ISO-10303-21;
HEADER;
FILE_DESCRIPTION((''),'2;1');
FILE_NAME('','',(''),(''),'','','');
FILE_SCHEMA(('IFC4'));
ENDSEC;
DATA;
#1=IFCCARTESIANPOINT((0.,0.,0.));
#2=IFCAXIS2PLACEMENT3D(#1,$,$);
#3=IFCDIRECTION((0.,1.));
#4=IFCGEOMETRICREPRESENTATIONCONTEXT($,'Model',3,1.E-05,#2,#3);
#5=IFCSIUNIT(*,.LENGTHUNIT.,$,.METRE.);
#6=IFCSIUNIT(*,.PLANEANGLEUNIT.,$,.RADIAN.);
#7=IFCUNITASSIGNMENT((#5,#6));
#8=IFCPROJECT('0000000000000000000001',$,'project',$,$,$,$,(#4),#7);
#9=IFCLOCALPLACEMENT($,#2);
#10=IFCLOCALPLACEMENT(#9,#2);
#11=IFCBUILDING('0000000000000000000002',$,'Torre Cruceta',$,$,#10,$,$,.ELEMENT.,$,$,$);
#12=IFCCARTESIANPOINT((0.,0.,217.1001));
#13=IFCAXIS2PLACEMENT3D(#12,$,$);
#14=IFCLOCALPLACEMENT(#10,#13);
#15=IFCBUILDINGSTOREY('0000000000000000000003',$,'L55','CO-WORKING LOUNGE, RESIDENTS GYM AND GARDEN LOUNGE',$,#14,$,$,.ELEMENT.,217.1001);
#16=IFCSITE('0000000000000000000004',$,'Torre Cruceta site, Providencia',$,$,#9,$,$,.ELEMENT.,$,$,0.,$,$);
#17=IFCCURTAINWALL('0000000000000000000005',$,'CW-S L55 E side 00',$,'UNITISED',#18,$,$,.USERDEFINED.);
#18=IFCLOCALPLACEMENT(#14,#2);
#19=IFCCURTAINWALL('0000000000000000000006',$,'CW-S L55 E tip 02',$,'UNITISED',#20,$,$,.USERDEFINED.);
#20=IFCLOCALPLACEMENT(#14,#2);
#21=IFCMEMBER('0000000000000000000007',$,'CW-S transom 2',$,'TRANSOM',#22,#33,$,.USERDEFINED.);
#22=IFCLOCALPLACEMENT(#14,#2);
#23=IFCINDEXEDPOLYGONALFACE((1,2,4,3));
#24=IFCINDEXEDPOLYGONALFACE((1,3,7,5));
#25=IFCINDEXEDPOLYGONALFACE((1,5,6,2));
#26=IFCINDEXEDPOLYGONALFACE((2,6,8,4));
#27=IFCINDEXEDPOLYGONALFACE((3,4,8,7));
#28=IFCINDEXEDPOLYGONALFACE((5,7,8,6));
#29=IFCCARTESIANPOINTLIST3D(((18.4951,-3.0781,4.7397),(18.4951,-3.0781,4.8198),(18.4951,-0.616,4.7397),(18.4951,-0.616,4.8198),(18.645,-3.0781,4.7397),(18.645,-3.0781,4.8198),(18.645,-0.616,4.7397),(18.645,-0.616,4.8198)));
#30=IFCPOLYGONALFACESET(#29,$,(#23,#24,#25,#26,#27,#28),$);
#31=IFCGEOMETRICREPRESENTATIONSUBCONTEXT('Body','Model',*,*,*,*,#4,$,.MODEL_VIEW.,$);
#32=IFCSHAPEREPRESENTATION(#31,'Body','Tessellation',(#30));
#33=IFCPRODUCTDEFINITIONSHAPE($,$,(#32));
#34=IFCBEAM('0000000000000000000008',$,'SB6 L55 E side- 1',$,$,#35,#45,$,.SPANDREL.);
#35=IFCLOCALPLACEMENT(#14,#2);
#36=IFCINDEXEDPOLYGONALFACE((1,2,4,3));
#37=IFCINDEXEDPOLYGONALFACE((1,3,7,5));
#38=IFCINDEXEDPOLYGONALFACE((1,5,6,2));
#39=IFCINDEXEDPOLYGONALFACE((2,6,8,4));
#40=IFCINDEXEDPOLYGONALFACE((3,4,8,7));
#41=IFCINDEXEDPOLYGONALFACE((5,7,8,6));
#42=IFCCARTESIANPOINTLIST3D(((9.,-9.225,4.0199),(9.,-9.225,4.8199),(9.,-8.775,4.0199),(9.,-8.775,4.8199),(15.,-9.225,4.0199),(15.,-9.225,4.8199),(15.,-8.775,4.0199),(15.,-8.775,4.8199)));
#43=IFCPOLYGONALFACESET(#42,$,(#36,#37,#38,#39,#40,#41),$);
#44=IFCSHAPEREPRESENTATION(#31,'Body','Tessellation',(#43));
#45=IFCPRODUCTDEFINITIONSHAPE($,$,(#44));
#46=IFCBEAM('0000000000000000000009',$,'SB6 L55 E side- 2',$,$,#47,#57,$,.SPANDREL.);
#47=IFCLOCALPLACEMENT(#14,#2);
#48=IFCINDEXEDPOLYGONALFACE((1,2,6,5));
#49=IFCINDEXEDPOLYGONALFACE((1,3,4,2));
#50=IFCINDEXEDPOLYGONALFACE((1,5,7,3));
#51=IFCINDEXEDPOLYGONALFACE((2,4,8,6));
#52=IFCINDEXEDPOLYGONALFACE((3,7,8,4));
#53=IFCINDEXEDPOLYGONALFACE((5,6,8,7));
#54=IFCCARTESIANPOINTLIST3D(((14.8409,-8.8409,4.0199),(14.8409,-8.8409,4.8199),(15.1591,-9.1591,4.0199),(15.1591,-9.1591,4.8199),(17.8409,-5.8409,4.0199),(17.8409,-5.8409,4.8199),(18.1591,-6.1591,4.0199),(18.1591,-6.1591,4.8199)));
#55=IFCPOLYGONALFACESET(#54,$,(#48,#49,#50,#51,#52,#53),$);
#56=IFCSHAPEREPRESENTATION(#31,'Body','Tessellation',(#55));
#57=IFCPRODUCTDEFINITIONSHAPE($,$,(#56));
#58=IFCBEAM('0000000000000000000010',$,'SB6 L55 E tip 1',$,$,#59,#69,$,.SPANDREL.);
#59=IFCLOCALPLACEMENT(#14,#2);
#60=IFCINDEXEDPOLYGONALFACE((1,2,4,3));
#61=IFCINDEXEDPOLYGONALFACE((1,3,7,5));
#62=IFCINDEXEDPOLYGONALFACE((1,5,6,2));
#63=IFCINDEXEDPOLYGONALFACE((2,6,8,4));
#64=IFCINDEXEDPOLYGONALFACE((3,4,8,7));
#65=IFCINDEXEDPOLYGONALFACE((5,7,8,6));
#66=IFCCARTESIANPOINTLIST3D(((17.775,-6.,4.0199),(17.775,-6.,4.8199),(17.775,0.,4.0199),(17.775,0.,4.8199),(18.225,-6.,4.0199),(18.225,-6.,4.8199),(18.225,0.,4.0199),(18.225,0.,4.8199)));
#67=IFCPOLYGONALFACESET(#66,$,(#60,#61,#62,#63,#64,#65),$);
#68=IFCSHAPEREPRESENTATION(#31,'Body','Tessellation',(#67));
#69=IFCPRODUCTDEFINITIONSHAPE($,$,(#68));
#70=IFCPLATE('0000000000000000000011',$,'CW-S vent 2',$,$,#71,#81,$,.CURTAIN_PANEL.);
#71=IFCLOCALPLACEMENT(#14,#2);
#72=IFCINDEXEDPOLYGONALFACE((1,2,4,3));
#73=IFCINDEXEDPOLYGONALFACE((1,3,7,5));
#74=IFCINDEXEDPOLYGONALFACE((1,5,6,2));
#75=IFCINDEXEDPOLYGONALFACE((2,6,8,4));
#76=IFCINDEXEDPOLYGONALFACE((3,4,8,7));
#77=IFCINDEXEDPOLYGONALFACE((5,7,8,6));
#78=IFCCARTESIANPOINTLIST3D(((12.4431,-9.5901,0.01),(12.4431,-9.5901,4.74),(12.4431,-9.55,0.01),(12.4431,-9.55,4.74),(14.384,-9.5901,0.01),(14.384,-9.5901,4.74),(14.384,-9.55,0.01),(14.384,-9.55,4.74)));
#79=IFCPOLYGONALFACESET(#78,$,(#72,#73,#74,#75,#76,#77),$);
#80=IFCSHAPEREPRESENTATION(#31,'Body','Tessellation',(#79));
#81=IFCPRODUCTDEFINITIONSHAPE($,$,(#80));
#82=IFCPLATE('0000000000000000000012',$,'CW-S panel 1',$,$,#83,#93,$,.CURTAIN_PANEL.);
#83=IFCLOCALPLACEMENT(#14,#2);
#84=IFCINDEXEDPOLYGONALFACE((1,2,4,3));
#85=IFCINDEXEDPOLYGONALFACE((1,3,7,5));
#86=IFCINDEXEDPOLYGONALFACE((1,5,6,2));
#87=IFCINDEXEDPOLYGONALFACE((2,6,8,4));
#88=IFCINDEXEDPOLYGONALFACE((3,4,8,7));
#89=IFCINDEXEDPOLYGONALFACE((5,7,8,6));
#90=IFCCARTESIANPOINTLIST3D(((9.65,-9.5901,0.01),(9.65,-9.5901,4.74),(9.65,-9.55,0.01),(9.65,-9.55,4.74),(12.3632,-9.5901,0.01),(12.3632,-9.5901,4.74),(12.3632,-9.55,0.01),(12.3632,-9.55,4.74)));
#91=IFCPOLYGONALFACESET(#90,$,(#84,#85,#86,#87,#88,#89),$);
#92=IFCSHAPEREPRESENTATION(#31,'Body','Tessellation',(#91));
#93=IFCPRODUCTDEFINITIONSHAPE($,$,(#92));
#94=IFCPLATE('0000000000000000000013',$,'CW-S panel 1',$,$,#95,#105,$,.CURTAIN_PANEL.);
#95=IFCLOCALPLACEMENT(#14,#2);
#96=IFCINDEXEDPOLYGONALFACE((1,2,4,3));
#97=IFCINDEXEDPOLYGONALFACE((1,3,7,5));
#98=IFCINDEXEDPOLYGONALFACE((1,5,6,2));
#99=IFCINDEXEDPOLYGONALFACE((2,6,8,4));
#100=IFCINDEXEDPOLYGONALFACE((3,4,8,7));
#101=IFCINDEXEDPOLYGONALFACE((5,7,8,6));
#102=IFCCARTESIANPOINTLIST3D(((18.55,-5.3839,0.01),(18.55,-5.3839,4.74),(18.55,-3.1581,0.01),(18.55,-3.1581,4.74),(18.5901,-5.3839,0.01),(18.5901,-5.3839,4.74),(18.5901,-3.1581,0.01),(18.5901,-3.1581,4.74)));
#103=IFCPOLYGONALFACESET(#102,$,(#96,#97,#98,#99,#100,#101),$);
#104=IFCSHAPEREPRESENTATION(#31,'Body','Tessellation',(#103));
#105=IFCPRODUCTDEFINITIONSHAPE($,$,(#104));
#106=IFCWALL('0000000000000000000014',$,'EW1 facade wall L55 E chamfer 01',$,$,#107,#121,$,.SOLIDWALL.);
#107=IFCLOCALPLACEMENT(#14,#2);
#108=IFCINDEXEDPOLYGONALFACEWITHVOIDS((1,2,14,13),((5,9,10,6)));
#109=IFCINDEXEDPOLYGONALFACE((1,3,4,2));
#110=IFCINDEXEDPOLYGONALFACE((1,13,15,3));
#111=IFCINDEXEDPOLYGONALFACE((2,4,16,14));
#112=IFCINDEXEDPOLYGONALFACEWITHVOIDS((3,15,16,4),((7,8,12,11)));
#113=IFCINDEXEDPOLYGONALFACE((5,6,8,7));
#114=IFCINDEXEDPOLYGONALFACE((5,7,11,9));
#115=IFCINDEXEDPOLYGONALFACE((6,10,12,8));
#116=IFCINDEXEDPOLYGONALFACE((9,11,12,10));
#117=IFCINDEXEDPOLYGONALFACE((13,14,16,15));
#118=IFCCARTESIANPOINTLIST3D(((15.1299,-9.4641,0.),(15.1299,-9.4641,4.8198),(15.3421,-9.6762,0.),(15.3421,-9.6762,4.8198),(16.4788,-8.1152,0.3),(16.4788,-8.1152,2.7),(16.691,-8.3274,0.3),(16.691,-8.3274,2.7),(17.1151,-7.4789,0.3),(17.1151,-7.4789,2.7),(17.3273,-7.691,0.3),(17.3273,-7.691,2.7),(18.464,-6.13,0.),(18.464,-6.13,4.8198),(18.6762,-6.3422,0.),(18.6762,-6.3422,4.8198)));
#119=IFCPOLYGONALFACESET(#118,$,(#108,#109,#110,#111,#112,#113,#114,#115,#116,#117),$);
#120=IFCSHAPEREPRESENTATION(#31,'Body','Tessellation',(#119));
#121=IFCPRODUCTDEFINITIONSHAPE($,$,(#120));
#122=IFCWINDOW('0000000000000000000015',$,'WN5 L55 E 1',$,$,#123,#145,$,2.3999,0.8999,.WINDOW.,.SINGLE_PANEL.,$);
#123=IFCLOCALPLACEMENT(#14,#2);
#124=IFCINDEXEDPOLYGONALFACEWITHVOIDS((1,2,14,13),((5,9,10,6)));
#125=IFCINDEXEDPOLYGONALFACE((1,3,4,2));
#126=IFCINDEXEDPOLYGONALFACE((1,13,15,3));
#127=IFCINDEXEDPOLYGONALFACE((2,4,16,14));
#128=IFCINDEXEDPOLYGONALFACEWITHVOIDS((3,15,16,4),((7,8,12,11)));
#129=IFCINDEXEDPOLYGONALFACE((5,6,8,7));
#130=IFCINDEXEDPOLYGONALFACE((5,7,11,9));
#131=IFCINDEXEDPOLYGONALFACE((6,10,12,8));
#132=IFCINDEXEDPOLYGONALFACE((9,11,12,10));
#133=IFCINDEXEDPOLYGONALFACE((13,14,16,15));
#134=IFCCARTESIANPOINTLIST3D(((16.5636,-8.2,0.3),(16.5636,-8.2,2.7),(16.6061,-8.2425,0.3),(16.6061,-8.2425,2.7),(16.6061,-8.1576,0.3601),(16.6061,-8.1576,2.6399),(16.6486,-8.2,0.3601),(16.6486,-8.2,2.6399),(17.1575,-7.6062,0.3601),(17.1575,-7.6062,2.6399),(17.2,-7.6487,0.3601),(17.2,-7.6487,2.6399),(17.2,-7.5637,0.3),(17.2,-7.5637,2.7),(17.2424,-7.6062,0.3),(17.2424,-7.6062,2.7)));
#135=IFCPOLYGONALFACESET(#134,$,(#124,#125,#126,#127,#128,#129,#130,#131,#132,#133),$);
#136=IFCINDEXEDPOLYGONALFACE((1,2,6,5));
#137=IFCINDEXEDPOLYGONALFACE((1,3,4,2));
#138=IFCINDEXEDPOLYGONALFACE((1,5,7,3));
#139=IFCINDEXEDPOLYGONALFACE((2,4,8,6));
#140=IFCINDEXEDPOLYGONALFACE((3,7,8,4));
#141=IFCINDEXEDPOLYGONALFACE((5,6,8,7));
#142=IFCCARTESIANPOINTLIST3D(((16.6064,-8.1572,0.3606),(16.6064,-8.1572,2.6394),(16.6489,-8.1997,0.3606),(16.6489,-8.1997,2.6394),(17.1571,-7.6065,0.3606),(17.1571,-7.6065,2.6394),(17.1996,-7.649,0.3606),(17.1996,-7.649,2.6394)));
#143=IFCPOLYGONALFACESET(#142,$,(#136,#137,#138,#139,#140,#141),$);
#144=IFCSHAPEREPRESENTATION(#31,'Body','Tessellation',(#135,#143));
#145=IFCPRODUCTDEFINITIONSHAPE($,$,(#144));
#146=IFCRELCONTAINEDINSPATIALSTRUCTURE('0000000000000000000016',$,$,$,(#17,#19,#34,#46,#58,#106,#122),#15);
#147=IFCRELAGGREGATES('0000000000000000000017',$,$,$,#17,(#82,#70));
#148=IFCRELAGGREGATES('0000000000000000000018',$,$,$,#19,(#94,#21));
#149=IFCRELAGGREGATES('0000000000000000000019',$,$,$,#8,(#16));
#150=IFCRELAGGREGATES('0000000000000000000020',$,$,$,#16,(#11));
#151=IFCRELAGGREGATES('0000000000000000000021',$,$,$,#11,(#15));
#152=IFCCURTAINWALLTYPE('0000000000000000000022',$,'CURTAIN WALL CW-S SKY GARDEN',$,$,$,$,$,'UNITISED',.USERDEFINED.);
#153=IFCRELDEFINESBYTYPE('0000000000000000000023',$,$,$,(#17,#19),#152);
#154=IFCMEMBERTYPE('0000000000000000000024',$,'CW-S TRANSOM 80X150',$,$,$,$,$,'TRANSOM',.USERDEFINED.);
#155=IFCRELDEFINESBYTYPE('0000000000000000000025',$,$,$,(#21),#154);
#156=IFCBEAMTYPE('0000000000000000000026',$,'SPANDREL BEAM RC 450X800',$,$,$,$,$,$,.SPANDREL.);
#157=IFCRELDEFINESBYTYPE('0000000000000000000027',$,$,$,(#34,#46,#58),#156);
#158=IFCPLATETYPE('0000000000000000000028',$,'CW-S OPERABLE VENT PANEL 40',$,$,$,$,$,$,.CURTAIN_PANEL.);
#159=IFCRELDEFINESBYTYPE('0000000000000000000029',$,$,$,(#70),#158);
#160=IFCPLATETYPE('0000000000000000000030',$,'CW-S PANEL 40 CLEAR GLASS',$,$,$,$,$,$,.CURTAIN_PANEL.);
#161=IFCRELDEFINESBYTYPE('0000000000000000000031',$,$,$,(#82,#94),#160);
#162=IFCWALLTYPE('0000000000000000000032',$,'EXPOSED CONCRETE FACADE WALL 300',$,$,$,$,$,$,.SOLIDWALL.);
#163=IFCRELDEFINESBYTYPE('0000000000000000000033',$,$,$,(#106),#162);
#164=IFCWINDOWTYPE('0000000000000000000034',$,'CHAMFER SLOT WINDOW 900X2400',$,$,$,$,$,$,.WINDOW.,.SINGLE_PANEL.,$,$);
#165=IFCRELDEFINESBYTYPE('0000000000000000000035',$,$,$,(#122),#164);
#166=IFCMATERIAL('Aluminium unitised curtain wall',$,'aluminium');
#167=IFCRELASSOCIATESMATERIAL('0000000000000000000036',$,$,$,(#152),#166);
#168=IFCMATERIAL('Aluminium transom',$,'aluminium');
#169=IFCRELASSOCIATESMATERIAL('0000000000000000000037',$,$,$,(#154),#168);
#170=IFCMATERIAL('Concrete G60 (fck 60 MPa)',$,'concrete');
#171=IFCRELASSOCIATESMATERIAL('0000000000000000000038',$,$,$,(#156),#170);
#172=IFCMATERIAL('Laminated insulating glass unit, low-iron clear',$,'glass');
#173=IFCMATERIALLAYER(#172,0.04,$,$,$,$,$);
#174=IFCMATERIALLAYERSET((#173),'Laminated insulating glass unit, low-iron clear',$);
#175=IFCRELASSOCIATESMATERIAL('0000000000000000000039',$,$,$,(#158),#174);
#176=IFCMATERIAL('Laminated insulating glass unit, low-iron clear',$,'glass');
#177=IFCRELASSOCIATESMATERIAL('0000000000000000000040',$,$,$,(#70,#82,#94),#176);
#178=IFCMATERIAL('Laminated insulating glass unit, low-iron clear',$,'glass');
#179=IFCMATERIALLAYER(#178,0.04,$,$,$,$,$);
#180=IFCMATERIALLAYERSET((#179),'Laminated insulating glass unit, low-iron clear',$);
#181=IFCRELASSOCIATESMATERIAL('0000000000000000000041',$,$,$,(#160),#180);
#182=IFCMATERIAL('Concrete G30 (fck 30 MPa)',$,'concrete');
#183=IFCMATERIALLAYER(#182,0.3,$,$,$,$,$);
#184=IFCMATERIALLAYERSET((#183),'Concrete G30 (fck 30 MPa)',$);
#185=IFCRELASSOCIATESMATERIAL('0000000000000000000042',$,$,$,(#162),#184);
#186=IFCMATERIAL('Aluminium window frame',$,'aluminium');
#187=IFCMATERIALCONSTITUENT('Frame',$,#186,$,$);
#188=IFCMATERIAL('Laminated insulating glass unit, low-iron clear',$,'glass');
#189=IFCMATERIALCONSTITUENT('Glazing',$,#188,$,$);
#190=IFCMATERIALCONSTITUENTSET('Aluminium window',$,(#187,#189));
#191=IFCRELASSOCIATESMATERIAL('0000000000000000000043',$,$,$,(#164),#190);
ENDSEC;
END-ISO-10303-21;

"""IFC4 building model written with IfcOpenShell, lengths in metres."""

from ifc_helpers import new_model, si_unit, direction, frame, frame_2d, origin, origin_2d, place, context, subcontext, project, spatial, rectangle, hollow_rectangle, extrude, material, layer, layer_set, constituent, constituent_set, material_profile, profile_set, type_object, element, fill, aggregate, save


model = new_model("IFC4")

# Units and contexts
model_context = context("Model", 3, precision=1e-05, world=origin(), true_north=direction((0.0, 1.0)))
body_context = subcontext(model_context, "Body", "Model", "MODEL_VIEW")
ifc_project = project(units=[si_unit("LENGTHUNIT", "METRE"), si_unit("PLANEANGLEUNIT", "RADIAN")], contexts=[model_context])

# Site, building, storey
site_placement = place(None, origin())
site = spatial("IfcSite", under=ifc_project, at=site_placement, Name="Torre Cruceta site, Providencia", CompositionType="ELEMENT", RefElevation=0.0)
building_placement = place(site_placement, origin())
building = spatial("IfcBuilding", under=site, at=building_placement, Name="Torre Cruceta", CompositionType="ELEMENT")
storey_placement = place(building_placement, frame((0.0, 0.0, 217.1001)))
storey = spatial("IfcBuildingStorey", under=building, at=storey_placement, Name="L55", Description="CO-WORKING LOUNGE, RESIDENTS GYM AND GARDEN LOUNGE", CompositionType="ELEMENT", Elevation=217.1001)

# Curtain walls
ifc_material_1 = material(Name="Aluminium unitised curtain wall", Category="aluminium")
curtain_wall_type = type_object("IfcCurtainWallType", Name="CURTAIN WALL CW-S SKY GARDEN", ElementType="UNITISED", PredefinedType="USERDEFINED", material=ifc_material_1)
curtain_wall_1_placement = place(storey_placement, origin())
curtain_wall_1 = element("IfcCurtainWall", 1, at=curtain_wall_1_placement, inside=storey, type_object=curtain_wall_type, Name="CW-S L55 E side 00", ObjectType="UNITISED", PredefinedType="USERDEFINED")
curtain_wall_2_placement = place(storey_placement, origin())
curtain_wall_2 = element("IfcCurtainWall", 2, at=curtain_wall_2_placement, inside=storey, type_object=curtain_wall_type, Name="CW-S L55 E tip 02", ObjectType="UNITISED", PredefinedType="USERDEFINED")

# Member
ifc_material_2 = material(Name="Aluminium transom", Category="aluminium")
ifc_material_profile_1 = material_profile(ifc_material_2, rectangle(XDim=0.1499, YDim=0.0801, at=origin_2d()), Name="AL 150X80")
ifc_profile_set_1 = profile_set([ifc_material_profile_1], Name="Aluminium transom")
member_type_1 = type_object("IfcMemberType", Name="CW-S TRANSOM 80X150", ElementType="TRANSOM", PredefinedType="USERDEFINED", material=ifc_profile_set_1)
member_1_placement = place(storey_placement, frame((18.5701, -3.0781, 4.7798), z_axis=(0.0, 1.0, 0.0), x_axis=(-1.0, 0.0, 0.0)))
member_1 = element("IfcMember", 3, at=member_1_placement, type_object=member_type_1, Name="CW-S transom 2", ObjectType="TRANSOM", PredefinedType="USERDEFINED", context=body_context, shape_type="SweptSolid", body=[
    extrude(rectangle(XDim=0.1499, YDim=0.0801, at=origin_2d()), origin(), (0.0, 0.0, 1.0), 2.4622),
])

# Beams
ifc_material_3 = material(Name="Concrete G60 (fck 60 MPa)", Category="concrete")
ifc_material_profile_2 = material_profile(ifc_material_3, rectangle(XDim=0.45, YDim=0.8, at=origin_2d()), Name="RC 450X800")
ifc_profile_set_2 = profile_set([ifc_material_profile_2], Name="Concrete G60 (fck 60 MPa)")
beam_type_1 = type_object("IfcBeamType", Name="SPANDREL BEAM RC 450X800", PredefinedType="SPANDREL", material=ifc_profile_set_2)
beam_1_placement = place(storey_placement, frame((9.0, -9.0, 4.4199), z_axis=(1.0, 0.0, 0.0), x_axis=(0.0, 1.0, 0.0)))
element("IfcBeam", 4, at=beam_1_placement, inside=storey, type_object=beam_type_1, Name="SB6 L55 E side- 1", PredefinedType="SPANDREL", context=body_context, shape_type="SweptSolid", body=[
    extrude(rectangle(XDim=0.45, YDim=0.8, at=origin_2d()), origin(), (0.0, 0.0, 1.0), 6.0),
])
beam_2_placement = place(storey_placement, frame((15.0, -9.0, 4.4199), z_axis=(0.707107, 0.707107, 0.0), x_axis=(-0.707107, 0.707107, 0.0)))
element("IfcBeam", 5, at=beam_2_placement, inside=storey, type_object=beam_type_1, Name="SB6 L55 E side- 2", PredefinedType="SPANDREL", context=body_context, shape_type="SweptSolid", body=[
    extrude(rectangle(XDim=0.45, YDim=0.8, at=origin_2d()), origin(), (0.0, 0.0, 1.0), 4.2427),
])
beam_3_placement = place(storey_placement, frame((18.0, -6.0, 4.4199), z_axis=(0.0, 1.0, 0.0), x_axis=(-1.0, 0.0, 0.0)))
element("IfcBeam", 6, at=beam_3_placement, inside=storey, type_object=beam_type_1, Name="SB6 L55 E tip 1", PredefinedType="SPANDREL", context=body_context, shape_type="SweptSolid", body=[
    extrude(rectangle(XDim=0.45, YDim=0.8, at=origin_2d()), origin(), (0.0, 0.0, 1.0), 6.0),
])

# Plates
ifc_material_4 = material(Name="Laminated insulating glass unit, low-iron clear", Category="glass")
ifc_material_5 = material(Name="Laminated insulating glass unit, low-iron clear", Category="glass")
ifc_layer_1 = layer(ifc_material_5, 0.04)
ifc_layer_set_1 = layer_set([ifc_layer_1], Name="Laminated insulating glass unit, low-iron clear")
plate_type_1 = type_object("IfcPlateType", Name="CW-S OPERABLE VENT PANEL 40", PredefinedType="CURTAIN_PANEL", material=ifc_layer_set_1)
plate_1_placement = place(storey_placement, frame((13.4136, -9.5701, 0.01), z_axis=(0.0, 0.0, 1.0), x_axis=(1.0, 0.0, 0.0)))
plate_1 = element("IfcPlate", 7, at=plate_1_placement, type_object=plate_type_1, material=ifc_material_4, Name="CW-S vent 2", PredefinedType="CURTAIN_PANEL", context=body_context, shape_type="SweptSolid", body=[
    extrude(rectangle(XDim=1.9409, YDim=0.04, at=origin_2d()), origin(), (0.0, 0.0, 1.0), 4.73),
])
ifc_material_6 = material(Name="Laminated insulating glass unit, low-iron clear", Category="glass")
ifc_layer_2 = layer(ifc_material_6, 0.04)
ifc_layer_set_2 = layer_set([ifc_layer_2], Name="Laminated insulating glass unit, low-iron clear")
plate_type_2 = type_object("IfcPlateType", Name="CW-S PANEL 40 CLEAR GLASS", PredefinedType="CURTAIN_PANEL", material=ifc_layer_set_2)
plate_2_placement = place(storey_placement, frame((11.0066, -9.5701, 0.01), z_axis=(0.0, 0.0, 1.0), x_axis=(1.0, 0.0, 0.0)))
plate_2 = element("IfcPlate", 8, at=plate_2_placement, type_object=plate_type_2, material=ifc_material_4, Name="CW-S panel 1", PredefinedType="CURTAIN_PANEL", context=body_context, shape_type="SweptSolid", body=[
    extrude(rectangle(XDim=2.7131, YDim=0.04, at=origin_2d()), origin(), (0.0, 0.0, 1.0), 4.73),
])
aggregate(curtain_wall_1, [plate_2, plate_1])
plate_3_placement = place(storey_placement, frame((18.5701, -4.271, 0.01), z_axis=(0.0, 0.0, 1.0), x_axis=(0.0, 1.0, 0.0)))
plate_3 = element("IfcPlate", 9, at=plate_3_placement, type_object=plate_type_2, material=ifc_material_4, Name="CW-S panel 1", PredefinedType="CURTAIN_PANEL", context=body_context, shape_type="SweptSolid", body=[
    extrude(rectangle(XDim=2.2258, YDim=0.04, at=origin_2d()), origin(), (0.0, 0.0, 1.0), 4.73),
])
aggregate(curtain_wall_2, [plate_3, member_1])

# Wall, opening, window
ifc_material_7 = material(Name="Concrete G30 (fck 30 MPa)", Category="concrete")
ifc_layer_3 = layer(ifc_material_7, 0.3)
ifc_layer_set_3 = layer_set([ifc_layer_3], Name="Concrete G30 (fck 30 MPa)")
wall_type = type_object("IfcWallType", Name="EXPOSED CONCRETE FACADE WALL 300", PredefinedType="SOLIDWALL", material=ifc_layer_set_3)
wall_placement = place(storey_placement, frame((15.2361, -9.5701, 0.0), z_axis=(0.0, 0.0, 1.0), x_axis=(0.707107, 0.707107, 0.0)))
wall = element("IfcWall", 10, at=wall_placement, inside=storey, type_object=wall_type, Name="EW1 facade wall L55 E chamfer 01", PredefinedType="SOLIDWALL", context=body_context, shape_type="SweptSolid", body=[
    extrude(rectangle(XDim=4.7151, YDim=0.3, at=frame_2d((2.3574, 0.0))), origin(), (0.0, 0.0, 1.0), 4.8198),
])
opening_placement = place(wall_placement, frame((1.9075, 0.0, 0.3)))
opening = element("IfcOpeningElement", 11, at=opening_placement, cuts=wall, PredefinedType="OPENING", context=body_context, shape_type="SweptSolid", body=[
    extrude(rectangle(XDim=0.8999, YDim=2.3999, at=frame_2d((0.45, 1.2))), frame((0.0, 0.1599, 0.0), z_axis=(0.0, -1.0, 0.0), x_axis=(1.0, 0.0, 0.0)), (0.0, 0.0, 1.0), 0.3201),
])
ifc_material_8 = material(Name="Aluminium window frame", Category="aluminium")
ifc_constituent_1 = constituent(ifc_material_8, Name="Frame")
ifc_material_9 = material(Name="Laminated insulating glass unit, low-iron clear", Category="glass")
ifc_constituent_2 = constituent(ifc_material_9, Name="Glazing")
ifc_constituent_set = constituent_set(constituents=[ifc_constituent_1, ifc_constituent_2], Name="Aluminium window")
window_type = type_object("IfcWindowType", Name="CHAMFER SLOT WINDOW 900X2400", PartitioningType="SINGLE_PANEL", PredefinedType="WINDOW", material=ifc_constituent_set)
window_placement = place(opening_placement, origin())
window = element("IfcWindow", 12, at=window_placement, inside=storey, type_object=window_type, Name="WN5 L55 E 1", OverallHeight=2.3999, OverallWidth=0.8999, PartitioningType="SINGLE_PANEL", PredefinedType="WINDOW", context=body_context, shape_type="SweptSolid", body=[
    extrude(hollow_rectangle(XDim=0.8999, YDim=2.3999, WallThickness=0.0601, at=frame_2d((0.45, 1.2))), frame((0.0, 0.03, 0.0), z_axis=(0.0, -1.0, 0.0), x_axis=(1.0, 0.0, 0.0)), (0.0, 0.0, 1.0), 0.0601),
    extrude(rectangle(XDim=0.7788, YDim=2.2788, at=frame_2d((0.45, 1.2))), frame((0.0, 0.03, 0.0), z_axis=(0.0, -1.0, 0.0), x_axis=(1.0, 0.0, 0.0)), (0.0, 0.0, 1.0), 0.0601),
])
fill(opening, window)

save(model, "model.ifc")
